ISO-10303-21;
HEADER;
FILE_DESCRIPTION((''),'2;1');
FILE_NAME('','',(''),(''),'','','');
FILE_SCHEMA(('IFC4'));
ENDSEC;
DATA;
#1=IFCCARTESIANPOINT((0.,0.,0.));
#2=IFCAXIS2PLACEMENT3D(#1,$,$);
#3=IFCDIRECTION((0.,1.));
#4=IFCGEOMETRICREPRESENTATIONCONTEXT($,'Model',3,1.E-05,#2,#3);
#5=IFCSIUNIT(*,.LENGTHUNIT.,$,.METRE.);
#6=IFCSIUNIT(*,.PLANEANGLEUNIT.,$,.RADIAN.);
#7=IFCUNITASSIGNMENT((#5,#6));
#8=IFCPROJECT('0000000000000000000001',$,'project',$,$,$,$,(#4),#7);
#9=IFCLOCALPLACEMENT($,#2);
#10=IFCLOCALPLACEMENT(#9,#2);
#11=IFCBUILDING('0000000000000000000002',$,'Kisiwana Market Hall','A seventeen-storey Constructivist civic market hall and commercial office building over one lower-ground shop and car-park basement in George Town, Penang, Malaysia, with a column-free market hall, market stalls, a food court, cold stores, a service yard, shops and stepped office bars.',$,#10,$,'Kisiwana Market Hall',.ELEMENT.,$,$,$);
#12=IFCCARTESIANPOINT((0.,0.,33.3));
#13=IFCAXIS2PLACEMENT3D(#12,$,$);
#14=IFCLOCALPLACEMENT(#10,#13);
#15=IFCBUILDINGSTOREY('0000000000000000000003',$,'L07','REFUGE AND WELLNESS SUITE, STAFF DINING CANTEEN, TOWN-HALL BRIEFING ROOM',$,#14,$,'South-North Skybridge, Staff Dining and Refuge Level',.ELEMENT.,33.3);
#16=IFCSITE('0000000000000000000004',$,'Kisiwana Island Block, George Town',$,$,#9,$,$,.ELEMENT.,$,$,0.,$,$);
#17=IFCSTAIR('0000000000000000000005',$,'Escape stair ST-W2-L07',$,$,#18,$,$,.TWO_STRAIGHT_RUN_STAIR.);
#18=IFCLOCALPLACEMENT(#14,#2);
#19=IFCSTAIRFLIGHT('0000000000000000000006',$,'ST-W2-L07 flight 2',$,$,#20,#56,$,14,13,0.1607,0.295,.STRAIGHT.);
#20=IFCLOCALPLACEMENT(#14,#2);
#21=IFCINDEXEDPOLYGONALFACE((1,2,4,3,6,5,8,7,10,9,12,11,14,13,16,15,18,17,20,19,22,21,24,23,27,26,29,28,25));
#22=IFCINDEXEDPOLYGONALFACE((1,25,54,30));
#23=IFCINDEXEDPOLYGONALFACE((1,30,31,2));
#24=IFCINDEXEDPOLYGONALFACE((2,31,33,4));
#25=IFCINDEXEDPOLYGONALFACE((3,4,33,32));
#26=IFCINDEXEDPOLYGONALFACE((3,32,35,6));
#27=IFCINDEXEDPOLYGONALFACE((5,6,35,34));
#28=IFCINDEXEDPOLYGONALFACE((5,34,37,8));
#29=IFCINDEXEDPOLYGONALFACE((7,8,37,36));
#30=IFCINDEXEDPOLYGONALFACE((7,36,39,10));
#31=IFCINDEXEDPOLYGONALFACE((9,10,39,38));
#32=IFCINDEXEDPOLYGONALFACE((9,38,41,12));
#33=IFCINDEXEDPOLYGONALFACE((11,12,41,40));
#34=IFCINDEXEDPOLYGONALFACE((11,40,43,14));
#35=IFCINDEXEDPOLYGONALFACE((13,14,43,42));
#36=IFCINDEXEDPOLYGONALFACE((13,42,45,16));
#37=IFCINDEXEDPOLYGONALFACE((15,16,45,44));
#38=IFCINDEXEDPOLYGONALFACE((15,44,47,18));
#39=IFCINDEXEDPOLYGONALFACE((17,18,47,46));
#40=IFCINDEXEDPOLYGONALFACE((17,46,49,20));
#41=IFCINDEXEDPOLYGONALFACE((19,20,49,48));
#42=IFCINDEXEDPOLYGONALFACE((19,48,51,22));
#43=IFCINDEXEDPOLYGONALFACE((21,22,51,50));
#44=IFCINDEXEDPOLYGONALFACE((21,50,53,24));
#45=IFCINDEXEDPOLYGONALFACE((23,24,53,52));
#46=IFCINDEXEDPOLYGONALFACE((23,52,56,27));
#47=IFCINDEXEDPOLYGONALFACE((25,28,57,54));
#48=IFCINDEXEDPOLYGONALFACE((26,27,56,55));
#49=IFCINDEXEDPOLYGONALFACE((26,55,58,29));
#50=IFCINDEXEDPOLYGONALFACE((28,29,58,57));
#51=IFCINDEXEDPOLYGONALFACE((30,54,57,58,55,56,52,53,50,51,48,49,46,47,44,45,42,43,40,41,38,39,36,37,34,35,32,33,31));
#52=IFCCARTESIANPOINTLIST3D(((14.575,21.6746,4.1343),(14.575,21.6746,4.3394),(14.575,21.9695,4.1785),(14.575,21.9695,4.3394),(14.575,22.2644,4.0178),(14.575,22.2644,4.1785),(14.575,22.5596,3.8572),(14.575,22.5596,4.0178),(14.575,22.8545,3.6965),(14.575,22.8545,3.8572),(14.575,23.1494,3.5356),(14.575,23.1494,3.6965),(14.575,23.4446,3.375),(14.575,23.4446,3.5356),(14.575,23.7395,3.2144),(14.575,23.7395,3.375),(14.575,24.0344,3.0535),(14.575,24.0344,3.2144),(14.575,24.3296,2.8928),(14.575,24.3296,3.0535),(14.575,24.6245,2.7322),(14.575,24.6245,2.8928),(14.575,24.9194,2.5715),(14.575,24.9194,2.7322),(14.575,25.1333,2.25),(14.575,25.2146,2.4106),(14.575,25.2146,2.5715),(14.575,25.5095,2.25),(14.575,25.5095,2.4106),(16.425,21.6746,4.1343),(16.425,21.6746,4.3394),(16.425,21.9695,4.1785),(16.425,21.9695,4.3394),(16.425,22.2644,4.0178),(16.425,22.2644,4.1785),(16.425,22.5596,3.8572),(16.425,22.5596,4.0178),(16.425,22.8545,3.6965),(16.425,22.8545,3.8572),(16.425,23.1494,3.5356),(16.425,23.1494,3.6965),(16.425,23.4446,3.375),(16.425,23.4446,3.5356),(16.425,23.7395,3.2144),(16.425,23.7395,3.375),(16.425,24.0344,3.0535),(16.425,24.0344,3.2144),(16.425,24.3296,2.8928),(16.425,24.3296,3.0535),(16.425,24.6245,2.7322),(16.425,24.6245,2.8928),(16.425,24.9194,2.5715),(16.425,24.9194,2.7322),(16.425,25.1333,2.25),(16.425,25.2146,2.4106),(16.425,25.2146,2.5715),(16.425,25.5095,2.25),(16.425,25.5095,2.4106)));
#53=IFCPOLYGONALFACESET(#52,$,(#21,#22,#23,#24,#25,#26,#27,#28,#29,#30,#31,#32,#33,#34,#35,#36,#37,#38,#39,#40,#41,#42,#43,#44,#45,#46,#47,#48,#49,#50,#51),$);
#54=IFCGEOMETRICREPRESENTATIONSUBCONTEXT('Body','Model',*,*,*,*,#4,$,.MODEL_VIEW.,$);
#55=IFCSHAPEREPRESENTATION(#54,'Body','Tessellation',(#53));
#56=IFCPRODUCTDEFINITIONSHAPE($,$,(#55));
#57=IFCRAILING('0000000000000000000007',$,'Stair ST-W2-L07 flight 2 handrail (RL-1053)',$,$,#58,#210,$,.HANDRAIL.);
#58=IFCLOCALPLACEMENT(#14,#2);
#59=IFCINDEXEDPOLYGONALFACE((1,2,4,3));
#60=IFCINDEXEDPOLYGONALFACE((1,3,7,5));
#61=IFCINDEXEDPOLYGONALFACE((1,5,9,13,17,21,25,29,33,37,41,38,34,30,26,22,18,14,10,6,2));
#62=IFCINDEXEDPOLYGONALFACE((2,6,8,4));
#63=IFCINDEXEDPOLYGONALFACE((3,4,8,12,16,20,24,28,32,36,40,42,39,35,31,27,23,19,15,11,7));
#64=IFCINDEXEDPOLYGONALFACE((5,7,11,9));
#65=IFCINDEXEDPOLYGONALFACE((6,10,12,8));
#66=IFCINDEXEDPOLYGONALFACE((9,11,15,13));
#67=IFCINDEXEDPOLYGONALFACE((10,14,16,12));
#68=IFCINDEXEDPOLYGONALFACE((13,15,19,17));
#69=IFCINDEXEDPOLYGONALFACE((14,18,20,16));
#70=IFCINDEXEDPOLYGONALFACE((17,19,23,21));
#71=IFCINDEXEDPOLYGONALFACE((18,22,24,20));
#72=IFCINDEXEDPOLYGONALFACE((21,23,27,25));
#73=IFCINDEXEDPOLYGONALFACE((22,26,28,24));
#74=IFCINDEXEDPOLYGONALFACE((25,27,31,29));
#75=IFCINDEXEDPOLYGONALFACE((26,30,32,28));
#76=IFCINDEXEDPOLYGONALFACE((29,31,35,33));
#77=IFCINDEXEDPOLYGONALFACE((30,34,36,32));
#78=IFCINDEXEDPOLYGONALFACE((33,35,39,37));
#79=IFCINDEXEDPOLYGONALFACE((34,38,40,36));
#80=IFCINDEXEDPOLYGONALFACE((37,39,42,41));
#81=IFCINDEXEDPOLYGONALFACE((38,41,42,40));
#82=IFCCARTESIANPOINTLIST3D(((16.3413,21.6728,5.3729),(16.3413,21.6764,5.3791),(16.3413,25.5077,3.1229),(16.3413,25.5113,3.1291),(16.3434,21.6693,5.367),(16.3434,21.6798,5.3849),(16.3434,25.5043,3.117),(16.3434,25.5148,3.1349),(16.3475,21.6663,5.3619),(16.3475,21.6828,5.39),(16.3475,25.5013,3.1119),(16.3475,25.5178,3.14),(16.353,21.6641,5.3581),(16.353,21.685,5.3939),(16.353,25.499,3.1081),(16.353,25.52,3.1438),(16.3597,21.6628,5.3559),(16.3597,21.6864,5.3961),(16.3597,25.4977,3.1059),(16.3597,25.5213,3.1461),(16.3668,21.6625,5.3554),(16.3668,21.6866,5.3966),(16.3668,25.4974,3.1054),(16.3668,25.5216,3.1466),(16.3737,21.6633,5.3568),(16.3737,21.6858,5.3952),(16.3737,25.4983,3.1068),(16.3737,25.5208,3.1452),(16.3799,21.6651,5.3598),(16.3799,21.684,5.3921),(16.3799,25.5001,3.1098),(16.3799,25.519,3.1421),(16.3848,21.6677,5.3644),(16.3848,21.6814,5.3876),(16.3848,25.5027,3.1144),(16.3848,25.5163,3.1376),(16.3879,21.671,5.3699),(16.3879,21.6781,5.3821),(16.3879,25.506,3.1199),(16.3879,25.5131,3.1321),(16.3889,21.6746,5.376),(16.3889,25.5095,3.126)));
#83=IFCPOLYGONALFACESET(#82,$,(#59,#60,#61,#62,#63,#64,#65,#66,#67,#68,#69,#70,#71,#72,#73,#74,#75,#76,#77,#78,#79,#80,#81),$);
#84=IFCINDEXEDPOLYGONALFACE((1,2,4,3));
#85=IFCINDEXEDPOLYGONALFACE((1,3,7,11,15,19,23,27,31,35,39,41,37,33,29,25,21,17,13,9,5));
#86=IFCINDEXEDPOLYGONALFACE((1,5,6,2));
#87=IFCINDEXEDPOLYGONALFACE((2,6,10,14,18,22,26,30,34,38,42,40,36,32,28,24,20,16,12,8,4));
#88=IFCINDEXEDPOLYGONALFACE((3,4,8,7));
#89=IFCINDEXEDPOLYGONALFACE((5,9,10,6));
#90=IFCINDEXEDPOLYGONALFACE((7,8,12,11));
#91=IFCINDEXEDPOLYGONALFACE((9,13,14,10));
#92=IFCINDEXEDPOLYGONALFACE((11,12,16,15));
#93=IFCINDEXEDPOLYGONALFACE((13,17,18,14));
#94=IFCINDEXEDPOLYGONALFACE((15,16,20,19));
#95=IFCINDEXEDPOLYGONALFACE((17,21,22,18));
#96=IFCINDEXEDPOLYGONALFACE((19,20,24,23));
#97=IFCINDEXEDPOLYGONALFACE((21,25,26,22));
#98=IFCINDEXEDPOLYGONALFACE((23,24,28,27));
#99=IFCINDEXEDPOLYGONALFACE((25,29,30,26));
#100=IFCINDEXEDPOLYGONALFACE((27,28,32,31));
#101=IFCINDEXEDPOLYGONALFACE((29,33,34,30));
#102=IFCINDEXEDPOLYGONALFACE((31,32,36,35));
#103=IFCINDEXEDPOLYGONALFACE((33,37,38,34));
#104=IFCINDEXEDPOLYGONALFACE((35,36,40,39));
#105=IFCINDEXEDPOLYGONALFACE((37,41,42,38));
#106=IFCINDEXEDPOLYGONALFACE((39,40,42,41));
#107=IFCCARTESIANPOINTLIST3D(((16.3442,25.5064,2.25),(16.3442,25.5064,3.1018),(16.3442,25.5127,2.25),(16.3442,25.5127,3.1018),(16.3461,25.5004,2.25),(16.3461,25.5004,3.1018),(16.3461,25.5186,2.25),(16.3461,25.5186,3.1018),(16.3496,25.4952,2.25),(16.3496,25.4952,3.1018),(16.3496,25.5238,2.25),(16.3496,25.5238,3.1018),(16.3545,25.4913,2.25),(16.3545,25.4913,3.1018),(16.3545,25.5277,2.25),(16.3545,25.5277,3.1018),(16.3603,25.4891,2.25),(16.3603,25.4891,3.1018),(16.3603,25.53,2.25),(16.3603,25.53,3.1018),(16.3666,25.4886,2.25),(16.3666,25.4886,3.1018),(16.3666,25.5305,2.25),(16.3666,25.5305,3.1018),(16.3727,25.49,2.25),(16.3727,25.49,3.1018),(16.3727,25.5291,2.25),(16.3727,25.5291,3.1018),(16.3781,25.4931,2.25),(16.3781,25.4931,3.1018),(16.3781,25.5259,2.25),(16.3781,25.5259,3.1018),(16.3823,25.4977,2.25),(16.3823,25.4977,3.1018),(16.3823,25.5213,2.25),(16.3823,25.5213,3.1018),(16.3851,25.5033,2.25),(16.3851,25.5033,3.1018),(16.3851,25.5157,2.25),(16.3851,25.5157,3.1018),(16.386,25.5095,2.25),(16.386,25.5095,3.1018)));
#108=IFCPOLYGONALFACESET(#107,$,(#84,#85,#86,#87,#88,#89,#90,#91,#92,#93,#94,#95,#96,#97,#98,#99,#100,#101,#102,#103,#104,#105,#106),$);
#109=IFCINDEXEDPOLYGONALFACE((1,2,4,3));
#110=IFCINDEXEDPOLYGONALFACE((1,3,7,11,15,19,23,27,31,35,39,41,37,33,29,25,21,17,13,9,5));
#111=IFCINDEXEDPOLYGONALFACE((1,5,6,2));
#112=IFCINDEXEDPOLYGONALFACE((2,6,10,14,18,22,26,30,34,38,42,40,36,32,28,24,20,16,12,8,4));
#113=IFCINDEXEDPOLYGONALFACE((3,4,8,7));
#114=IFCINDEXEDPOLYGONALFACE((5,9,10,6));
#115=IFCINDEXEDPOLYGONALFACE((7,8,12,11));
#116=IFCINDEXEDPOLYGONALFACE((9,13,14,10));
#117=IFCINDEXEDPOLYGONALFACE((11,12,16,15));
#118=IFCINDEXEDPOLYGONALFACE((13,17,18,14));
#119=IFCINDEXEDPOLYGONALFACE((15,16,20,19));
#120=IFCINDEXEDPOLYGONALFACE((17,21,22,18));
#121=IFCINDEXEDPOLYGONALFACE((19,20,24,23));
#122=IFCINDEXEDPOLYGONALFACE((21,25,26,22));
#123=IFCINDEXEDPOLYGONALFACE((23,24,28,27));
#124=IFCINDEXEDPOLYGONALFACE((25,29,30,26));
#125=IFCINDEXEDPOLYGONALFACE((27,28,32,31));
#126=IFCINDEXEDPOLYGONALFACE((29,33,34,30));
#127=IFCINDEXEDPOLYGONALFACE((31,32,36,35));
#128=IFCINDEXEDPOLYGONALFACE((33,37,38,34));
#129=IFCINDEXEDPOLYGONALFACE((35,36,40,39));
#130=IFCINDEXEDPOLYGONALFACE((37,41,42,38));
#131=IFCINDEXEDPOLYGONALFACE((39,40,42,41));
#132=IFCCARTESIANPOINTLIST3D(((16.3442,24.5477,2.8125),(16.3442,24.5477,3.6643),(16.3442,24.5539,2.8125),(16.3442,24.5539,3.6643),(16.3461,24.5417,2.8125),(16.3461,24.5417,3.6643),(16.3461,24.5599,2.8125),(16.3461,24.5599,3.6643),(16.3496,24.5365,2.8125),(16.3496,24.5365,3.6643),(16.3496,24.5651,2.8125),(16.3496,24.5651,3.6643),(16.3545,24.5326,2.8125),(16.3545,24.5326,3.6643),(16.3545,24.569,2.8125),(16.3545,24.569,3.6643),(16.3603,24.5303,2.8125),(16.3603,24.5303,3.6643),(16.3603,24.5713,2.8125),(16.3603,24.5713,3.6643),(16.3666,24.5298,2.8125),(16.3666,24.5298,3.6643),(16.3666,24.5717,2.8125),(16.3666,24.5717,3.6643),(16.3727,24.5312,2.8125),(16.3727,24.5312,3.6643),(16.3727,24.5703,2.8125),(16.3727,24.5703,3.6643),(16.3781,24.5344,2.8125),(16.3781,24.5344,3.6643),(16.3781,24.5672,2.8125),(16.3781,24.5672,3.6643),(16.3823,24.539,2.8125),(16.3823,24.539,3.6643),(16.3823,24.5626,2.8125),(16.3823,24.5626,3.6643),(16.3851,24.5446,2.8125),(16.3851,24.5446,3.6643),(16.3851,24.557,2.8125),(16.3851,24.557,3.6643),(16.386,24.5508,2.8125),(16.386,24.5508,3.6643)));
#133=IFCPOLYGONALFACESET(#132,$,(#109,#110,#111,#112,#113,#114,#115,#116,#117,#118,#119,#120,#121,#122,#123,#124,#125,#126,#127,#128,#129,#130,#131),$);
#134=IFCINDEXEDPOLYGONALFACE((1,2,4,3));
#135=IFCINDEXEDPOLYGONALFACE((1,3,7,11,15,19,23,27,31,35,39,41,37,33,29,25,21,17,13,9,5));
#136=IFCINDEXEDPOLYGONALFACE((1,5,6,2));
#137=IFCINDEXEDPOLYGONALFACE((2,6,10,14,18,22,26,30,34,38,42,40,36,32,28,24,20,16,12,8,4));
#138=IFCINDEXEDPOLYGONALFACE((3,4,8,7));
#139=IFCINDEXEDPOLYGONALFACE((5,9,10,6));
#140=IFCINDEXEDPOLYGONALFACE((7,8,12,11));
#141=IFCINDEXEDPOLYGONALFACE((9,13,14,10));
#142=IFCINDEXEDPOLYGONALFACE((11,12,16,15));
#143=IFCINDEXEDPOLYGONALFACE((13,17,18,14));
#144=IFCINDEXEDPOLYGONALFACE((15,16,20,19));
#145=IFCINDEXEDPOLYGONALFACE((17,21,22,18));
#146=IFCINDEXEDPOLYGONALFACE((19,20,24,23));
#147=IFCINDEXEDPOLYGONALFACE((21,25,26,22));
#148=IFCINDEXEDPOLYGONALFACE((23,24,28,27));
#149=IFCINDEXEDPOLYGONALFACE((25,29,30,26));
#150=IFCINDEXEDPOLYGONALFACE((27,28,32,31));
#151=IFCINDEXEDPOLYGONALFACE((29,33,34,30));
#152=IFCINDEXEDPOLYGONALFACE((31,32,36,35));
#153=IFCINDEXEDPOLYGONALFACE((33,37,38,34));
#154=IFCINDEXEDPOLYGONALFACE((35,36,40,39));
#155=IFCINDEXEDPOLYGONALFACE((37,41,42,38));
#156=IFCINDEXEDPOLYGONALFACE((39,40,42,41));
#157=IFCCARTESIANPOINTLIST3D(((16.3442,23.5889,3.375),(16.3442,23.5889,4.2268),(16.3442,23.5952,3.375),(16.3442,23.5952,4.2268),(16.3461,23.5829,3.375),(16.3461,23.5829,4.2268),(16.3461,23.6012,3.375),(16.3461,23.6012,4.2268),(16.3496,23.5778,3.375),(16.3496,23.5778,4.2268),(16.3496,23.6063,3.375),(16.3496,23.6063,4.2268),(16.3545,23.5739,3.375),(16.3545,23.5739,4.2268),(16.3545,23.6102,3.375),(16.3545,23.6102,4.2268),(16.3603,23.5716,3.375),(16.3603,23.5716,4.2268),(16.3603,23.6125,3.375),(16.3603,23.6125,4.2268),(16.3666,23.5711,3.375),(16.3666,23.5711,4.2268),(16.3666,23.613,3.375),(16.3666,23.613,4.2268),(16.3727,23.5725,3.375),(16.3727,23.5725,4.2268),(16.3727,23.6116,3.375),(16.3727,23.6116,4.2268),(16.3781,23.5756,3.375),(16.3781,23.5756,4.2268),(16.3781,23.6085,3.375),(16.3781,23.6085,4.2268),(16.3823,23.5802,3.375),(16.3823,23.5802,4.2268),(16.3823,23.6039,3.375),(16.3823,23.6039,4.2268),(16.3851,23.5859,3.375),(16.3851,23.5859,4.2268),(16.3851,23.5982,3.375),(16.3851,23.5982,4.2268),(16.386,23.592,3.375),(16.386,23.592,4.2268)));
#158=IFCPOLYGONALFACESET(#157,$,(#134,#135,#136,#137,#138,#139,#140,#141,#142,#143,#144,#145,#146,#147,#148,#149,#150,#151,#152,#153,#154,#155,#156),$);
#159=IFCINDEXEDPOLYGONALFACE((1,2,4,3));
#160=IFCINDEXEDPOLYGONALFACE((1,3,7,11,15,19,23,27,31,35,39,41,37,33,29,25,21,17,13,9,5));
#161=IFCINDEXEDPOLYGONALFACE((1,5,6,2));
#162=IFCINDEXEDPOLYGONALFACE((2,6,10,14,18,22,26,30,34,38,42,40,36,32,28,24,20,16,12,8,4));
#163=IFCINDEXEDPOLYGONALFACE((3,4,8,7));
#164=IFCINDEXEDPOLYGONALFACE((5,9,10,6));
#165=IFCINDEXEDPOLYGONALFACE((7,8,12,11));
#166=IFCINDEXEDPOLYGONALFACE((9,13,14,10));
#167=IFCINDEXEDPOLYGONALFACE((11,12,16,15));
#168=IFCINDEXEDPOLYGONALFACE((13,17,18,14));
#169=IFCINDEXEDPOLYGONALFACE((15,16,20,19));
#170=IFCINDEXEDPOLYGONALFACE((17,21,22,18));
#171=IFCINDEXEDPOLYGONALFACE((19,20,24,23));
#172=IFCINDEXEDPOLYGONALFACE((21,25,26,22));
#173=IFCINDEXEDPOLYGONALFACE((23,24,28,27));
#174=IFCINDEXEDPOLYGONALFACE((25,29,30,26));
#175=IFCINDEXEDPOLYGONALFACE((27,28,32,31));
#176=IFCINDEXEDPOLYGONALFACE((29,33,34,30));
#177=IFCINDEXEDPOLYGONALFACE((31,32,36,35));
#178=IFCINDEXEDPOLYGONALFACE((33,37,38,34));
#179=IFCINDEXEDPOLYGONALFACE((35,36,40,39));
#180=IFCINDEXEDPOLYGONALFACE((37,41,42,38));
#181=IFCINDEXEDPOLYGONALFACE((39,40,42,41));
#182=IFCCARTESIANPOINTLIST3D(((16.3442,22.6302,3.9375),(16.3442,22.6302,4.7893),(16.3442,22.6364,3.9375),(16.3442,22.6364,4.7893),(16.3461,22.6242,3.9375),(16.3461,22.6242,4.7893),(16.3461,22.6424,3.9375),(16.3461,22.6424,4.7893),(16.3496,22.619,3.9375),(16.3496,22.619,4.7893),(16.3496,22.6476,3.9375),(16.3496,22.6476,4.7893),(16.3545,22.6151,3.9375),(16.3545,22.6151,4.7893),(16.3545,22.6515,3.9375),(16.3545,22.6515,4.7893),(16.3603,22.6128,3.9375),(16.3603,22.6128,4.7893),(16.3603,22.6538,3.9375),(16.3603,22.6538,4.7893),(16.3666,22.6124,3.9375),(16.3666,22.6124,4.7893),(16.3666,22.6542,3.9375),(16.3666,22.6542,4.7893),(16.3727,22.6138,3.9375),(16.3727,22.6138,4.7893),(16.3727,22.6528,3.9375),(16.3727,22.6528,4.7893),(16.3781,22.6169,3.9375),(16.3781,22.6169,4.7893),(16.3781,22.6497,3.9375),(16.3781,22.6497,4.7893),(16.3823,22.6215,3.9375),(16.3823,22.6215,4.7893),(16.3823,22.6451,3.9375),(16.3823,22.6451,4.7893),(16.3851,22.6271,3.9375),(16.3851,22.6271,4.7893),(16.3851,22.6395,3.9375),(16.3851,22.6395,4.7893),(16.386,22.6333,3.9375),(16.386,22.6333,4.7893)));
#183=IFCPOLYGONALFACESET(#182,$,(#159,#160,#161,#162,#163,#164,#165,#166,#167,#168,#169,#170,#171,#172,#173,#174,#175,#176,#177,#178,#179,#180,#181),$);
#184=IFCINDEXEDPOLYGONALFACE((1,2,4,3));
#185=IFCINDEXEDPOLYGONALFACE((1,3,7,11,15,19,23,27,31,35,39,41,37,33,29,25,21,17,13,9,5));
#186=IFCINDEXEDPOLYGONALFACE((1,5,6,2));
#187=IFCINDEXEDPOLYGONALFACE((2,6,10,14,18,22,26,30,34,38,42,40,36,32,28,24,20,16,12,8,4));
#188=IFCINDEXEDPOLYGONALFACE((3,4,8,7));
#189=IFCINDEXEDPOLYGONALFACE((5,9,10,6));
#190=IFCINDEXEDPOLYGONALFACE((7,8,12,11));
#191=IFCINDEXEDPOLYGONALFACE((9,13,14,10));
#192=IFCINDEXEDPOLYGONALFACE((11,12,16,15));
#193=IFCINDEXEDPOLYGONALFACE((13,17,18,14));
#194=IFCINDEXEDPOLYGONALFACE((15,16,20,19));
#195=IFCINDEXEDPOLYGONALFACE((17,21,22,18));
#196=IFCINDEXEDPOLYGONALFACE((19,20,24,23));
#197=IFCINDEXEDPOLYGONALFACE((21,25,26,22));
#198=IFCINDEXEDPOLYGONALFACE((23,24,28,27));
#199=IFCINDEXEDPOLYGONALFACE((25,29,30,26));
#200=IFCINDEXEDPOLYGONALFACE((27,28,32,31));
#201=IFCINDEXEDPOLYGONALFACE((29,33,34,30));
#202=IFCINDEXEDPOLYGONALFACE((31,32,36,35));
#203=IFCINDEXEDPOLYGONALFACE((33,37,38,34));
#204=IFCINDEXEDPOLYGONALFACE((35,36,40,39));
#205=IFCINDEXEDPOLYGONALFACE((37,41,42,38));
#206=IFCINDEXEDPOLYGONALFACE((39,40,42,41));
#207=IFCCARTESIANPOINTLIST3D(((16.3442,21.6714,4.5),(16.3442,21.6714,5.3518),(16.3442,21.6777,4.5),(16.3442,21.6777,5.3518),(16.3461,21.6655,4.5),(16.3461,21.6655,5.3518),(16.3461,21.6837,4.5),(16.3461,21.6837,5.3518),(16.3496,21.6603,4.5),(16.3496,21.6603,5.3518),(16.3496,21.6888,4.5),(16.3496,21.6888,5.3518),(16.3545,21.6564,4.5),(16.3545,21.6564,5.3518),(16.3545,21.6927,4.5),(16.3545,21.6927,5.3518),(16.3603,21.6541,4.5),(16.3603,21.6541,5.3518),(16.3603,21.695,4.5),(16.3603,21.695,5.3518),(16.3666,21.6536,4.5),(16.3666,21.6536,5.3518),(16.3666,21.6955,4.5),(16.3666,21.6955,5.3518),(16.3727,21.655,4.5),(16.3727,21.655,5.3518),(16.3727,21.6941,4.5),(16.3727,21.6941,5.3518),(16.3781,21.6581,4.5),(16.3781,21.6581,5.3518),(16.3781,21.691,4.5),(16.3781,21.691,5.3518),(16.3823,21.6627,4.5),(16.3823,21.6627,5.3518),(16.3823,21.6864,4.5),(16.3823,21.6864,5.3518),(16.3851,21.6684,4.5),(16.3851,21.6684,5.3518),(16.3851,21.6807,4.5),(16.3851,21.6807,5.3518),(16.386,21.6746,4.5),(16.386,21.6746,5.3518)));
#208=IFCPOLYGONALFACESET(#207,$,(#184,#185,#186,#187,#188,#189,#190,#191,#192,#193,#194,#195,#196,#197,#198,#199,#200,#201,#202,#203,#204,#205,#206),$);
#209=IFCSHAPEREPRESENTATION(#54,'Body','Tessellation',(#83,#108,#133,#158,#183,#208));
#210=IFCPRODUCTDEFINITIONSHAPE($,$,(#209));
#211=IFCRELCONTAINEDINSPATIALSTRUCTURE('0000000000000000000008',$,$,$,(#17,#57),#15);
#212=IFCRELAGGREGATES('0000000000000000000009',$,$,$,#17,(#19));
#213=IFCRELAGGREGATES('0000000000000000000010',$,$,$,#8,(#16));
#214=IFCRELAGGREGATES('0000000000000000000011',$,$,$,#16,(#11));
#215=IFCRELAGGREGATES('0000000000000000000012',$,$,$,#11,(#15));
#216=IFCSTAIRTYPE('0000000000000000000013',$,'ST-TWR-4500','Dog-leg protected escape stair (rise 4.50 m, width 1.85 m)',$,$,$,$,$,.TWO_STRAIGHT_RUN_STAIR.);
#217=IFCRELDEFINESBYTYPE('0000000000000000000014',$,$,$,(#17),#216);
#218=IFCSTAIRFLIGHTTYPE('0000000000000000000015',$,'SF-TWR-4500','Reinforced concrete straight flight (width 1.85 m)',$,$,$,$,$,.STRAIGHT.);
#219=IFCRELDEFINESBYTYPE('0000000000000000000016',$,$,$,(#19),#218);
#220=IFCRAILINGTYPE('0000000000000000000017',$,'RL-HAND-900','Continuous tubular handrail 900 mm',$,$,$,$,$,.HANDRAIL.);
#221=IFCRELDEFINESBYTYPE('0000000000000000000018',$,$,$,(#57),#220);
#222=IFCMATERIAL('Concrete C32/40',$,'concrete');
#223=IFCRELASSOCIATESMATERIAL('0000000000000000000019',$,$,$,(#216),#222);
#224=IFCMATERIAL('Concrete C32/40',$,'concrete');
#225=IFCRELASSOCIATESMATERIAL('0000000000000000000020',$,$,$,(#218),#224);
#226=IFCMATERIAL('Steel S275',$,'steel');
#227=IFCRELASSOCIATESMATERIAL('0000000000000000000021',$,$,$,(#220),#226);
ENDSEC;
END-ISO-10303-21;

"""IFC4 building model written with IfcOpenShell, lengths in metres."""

from ifc_helpers import new_model, si_unit, direction, frame, origin, origin_2d, place, context, subcontext, project, spatial, polyline, circle, outline, extrude, material, type_object, element, aggregate, save


model = new_model("IFC4")

# Units and contexts
model_context = context("Model", 3, precision=1e-05, world=origin(), true_north=direction((0.0, 1.0)))
body_context = subcontext(model_context, "Body", "Model", "MODEL_VIEW")
ifc_project = project(units=[si_unit("LENGTHUNIT", "METRE"), si_unit("PLANEANGLEUNIT", "RADIAN")], contexts=[model_context])

# Site, building, storey
site_placement = place(None, origin())
site = spatial("IfcSite", under=ifc_project, at=site_placement, Name="Kisiwana Island Block, George Town", CompositionType="ELEMENT", RefElevation=0.0)
building_placement = place(site_placement, origin())
building = spatial("IfcBuilding", under=site, at=building_placement, Name="Kisiwana Market Hall", Description="A seventeen-storey Constructivist civic market hall and commercial office building over one lower-ground shop and car-park basement in George Town, Penang, Malaysia, with a column-free market hall, market stalls, a food court, cold stores, a service yard, shops and stepped office bars.", LongName="Kisiwana Market Hall", CompositionType="ELEMENT")
storey_placement = place(building_placement, frame((0.0, 0.0, 33.3)))
storey = spatial("IfcBuildingStorey", under=building, at=storey_placement, Name="L07", Description="REFUGE AND WELLNESS SUITE, STAFF DINING CANTEEN, TOWN-HALL BRIEFING ROOM", LongName="South-North Skybridge, Staff Dining and Refuge Level", CompositionType="ELEMENT", Elevation=33.3)

# Stair, stair flight
ifc_material_1 = material(Name="Concrete C32/40", Category="concrete")
stair_type = type_object("IfcStairType", Name="ST-TWR-4500", Description="Dog-leg protected escape stair (rise 4.50 m, width 1.85 m)", PredefinedType="TWO_STRAIGHT_RUN_STAIR", material=ifc_material_1)
stair_placement = place(storey_placement, origin())
stair = element("IfcStair", 1, at=stair_placement, inside=storey, type_object=stair_type, Name="Escape stair ST-W2-L07", PredefinedType="TWO_STRAIGHT_RUN_STAIR")
ifc_material_2 = material(Name="Concrete C32/40", Category="concrete")
stair_flight_type = type_object("IfcStairFlightType", Name="SF-TWR-4500", Description="Reinforced concrete straight flight (width 1.85 m)", PredefinedType="STRAIGHT", material=ifc_material_2)
stair_flight_1_placement = place(storey_placement, frame((15.5, 25.5095, 2.25), z_axis=(0.0, 0.0, 1.0), x_axis=(0.0, -1.0, 0.0)))
stair_flight_1 = element("IfcStairFlight", 2, at=stair_flight_1_placement, type_object=stair_flight_type, Name="ST-W2-L07 flight 2", NumberOfRisers=14, NumberOfTreads=13, PredefinedType="STRAIGHT", RiserHeight=0.1607, TreadLength=0.295, context=body_context, shape_type="SweptSolid", body=[
    extrude(outline(polyline([(0.0, 0.0), (0.0, 0.1606), (0.2949, 0.1606), (0.2949, 0.3215), (0.5901, 0.3215), (0.5901, 0.4822), (0.885, 0.4822), (0.885, 0.6428), (1.1799, 0.6428), (1.1799, 0.8035), (1.4751, 0.8035), (1.4751, 0.9644), (1.77, 0.9644), (1.77, 1.125), (2.0649, 1.125), (2.0649, 1.2856), (2.3601, 1.2856), (2.3601, 1.4465), (2.655, 1.4465), (2.655, 1.6072), (2.95, 1.6072), (2.95, 1.7678), (3.2451, 1.7678), (3.2451, 1.9285), (3.54, 1.9285), (3.54, 2.0894), (3.835, 2.0894), (3.835, 2.25), (3.835, 1.8843), (0.3762, 0.0), (0.0, 0.0)])), frame((0.0, 0.925, 0.0), z_axis=(0.0, -1.0, 0.0), x_axis=(1.0, 0.0, 0.0)), (0.0, 0.0, 1.0), 1.8501),
])
aggregate(stair, [stair_flight_1])

# Railing
ifc_material_3 = material(Name="Steel S275", Category="steel")
railing_type_1 = type_object("IfcRailingType", Name="RL-HAND-900", Description="Continuous tubular handrail 900 mm", PredefinedType="HANDRAIL", material=ifc_material_3)
railing_1_placement = place(storey_placement, frame((16.365, 25.5095, 2.25)))
element("IfcRailing", 3, at=railing_1_placement, inside=storey, type_object=railing_type_1, Name="Stair ST-W2-L07 flight 2 handrail (RL-1053)", PredefinedType="HANDRAIL", context=body_context, shape_type="SweptSolid", body=[
    extrude(circle(Radius=0.0239, at=origin_2d()), frame((0.0, 0.0, 0.876), z_axis=(0.0, -0.86251, 0.506041), x_axis=(1.0, 0.0, 0.0)), (0.0, 0.0, 1.0), 4.4463),
    extrude(circle(Radius=0.021, at=origin_2d()), origin(), (0.0, 0.0, 1.0), 0.8518),
    extrude(circle(Radius=0.021, at=origin_2d()), frame((0.0, -0.9587, 0.5625)), (0.0, 0.0, 1.0), 0.8518),
    extrude(circle(Radius=0.021, at=origin_2d()), frame((0.0, -1.9175, 1.125)), (0.0, 0.0, 1.0), 0.8518),
    extrude(circle(Radius=0.021, at=origin_2d()), frame((0.0, -2.8762, 1.6875)), (0.0, 0.0, 1.0), 0.8518),
    extrude(circle(Radius=0.021, at=origin_2d()), frame((0.0, -3.835, 2.25)), (0.0, 0.0, 1.0), 0.8518),
])

save(model, "model.ifc")
